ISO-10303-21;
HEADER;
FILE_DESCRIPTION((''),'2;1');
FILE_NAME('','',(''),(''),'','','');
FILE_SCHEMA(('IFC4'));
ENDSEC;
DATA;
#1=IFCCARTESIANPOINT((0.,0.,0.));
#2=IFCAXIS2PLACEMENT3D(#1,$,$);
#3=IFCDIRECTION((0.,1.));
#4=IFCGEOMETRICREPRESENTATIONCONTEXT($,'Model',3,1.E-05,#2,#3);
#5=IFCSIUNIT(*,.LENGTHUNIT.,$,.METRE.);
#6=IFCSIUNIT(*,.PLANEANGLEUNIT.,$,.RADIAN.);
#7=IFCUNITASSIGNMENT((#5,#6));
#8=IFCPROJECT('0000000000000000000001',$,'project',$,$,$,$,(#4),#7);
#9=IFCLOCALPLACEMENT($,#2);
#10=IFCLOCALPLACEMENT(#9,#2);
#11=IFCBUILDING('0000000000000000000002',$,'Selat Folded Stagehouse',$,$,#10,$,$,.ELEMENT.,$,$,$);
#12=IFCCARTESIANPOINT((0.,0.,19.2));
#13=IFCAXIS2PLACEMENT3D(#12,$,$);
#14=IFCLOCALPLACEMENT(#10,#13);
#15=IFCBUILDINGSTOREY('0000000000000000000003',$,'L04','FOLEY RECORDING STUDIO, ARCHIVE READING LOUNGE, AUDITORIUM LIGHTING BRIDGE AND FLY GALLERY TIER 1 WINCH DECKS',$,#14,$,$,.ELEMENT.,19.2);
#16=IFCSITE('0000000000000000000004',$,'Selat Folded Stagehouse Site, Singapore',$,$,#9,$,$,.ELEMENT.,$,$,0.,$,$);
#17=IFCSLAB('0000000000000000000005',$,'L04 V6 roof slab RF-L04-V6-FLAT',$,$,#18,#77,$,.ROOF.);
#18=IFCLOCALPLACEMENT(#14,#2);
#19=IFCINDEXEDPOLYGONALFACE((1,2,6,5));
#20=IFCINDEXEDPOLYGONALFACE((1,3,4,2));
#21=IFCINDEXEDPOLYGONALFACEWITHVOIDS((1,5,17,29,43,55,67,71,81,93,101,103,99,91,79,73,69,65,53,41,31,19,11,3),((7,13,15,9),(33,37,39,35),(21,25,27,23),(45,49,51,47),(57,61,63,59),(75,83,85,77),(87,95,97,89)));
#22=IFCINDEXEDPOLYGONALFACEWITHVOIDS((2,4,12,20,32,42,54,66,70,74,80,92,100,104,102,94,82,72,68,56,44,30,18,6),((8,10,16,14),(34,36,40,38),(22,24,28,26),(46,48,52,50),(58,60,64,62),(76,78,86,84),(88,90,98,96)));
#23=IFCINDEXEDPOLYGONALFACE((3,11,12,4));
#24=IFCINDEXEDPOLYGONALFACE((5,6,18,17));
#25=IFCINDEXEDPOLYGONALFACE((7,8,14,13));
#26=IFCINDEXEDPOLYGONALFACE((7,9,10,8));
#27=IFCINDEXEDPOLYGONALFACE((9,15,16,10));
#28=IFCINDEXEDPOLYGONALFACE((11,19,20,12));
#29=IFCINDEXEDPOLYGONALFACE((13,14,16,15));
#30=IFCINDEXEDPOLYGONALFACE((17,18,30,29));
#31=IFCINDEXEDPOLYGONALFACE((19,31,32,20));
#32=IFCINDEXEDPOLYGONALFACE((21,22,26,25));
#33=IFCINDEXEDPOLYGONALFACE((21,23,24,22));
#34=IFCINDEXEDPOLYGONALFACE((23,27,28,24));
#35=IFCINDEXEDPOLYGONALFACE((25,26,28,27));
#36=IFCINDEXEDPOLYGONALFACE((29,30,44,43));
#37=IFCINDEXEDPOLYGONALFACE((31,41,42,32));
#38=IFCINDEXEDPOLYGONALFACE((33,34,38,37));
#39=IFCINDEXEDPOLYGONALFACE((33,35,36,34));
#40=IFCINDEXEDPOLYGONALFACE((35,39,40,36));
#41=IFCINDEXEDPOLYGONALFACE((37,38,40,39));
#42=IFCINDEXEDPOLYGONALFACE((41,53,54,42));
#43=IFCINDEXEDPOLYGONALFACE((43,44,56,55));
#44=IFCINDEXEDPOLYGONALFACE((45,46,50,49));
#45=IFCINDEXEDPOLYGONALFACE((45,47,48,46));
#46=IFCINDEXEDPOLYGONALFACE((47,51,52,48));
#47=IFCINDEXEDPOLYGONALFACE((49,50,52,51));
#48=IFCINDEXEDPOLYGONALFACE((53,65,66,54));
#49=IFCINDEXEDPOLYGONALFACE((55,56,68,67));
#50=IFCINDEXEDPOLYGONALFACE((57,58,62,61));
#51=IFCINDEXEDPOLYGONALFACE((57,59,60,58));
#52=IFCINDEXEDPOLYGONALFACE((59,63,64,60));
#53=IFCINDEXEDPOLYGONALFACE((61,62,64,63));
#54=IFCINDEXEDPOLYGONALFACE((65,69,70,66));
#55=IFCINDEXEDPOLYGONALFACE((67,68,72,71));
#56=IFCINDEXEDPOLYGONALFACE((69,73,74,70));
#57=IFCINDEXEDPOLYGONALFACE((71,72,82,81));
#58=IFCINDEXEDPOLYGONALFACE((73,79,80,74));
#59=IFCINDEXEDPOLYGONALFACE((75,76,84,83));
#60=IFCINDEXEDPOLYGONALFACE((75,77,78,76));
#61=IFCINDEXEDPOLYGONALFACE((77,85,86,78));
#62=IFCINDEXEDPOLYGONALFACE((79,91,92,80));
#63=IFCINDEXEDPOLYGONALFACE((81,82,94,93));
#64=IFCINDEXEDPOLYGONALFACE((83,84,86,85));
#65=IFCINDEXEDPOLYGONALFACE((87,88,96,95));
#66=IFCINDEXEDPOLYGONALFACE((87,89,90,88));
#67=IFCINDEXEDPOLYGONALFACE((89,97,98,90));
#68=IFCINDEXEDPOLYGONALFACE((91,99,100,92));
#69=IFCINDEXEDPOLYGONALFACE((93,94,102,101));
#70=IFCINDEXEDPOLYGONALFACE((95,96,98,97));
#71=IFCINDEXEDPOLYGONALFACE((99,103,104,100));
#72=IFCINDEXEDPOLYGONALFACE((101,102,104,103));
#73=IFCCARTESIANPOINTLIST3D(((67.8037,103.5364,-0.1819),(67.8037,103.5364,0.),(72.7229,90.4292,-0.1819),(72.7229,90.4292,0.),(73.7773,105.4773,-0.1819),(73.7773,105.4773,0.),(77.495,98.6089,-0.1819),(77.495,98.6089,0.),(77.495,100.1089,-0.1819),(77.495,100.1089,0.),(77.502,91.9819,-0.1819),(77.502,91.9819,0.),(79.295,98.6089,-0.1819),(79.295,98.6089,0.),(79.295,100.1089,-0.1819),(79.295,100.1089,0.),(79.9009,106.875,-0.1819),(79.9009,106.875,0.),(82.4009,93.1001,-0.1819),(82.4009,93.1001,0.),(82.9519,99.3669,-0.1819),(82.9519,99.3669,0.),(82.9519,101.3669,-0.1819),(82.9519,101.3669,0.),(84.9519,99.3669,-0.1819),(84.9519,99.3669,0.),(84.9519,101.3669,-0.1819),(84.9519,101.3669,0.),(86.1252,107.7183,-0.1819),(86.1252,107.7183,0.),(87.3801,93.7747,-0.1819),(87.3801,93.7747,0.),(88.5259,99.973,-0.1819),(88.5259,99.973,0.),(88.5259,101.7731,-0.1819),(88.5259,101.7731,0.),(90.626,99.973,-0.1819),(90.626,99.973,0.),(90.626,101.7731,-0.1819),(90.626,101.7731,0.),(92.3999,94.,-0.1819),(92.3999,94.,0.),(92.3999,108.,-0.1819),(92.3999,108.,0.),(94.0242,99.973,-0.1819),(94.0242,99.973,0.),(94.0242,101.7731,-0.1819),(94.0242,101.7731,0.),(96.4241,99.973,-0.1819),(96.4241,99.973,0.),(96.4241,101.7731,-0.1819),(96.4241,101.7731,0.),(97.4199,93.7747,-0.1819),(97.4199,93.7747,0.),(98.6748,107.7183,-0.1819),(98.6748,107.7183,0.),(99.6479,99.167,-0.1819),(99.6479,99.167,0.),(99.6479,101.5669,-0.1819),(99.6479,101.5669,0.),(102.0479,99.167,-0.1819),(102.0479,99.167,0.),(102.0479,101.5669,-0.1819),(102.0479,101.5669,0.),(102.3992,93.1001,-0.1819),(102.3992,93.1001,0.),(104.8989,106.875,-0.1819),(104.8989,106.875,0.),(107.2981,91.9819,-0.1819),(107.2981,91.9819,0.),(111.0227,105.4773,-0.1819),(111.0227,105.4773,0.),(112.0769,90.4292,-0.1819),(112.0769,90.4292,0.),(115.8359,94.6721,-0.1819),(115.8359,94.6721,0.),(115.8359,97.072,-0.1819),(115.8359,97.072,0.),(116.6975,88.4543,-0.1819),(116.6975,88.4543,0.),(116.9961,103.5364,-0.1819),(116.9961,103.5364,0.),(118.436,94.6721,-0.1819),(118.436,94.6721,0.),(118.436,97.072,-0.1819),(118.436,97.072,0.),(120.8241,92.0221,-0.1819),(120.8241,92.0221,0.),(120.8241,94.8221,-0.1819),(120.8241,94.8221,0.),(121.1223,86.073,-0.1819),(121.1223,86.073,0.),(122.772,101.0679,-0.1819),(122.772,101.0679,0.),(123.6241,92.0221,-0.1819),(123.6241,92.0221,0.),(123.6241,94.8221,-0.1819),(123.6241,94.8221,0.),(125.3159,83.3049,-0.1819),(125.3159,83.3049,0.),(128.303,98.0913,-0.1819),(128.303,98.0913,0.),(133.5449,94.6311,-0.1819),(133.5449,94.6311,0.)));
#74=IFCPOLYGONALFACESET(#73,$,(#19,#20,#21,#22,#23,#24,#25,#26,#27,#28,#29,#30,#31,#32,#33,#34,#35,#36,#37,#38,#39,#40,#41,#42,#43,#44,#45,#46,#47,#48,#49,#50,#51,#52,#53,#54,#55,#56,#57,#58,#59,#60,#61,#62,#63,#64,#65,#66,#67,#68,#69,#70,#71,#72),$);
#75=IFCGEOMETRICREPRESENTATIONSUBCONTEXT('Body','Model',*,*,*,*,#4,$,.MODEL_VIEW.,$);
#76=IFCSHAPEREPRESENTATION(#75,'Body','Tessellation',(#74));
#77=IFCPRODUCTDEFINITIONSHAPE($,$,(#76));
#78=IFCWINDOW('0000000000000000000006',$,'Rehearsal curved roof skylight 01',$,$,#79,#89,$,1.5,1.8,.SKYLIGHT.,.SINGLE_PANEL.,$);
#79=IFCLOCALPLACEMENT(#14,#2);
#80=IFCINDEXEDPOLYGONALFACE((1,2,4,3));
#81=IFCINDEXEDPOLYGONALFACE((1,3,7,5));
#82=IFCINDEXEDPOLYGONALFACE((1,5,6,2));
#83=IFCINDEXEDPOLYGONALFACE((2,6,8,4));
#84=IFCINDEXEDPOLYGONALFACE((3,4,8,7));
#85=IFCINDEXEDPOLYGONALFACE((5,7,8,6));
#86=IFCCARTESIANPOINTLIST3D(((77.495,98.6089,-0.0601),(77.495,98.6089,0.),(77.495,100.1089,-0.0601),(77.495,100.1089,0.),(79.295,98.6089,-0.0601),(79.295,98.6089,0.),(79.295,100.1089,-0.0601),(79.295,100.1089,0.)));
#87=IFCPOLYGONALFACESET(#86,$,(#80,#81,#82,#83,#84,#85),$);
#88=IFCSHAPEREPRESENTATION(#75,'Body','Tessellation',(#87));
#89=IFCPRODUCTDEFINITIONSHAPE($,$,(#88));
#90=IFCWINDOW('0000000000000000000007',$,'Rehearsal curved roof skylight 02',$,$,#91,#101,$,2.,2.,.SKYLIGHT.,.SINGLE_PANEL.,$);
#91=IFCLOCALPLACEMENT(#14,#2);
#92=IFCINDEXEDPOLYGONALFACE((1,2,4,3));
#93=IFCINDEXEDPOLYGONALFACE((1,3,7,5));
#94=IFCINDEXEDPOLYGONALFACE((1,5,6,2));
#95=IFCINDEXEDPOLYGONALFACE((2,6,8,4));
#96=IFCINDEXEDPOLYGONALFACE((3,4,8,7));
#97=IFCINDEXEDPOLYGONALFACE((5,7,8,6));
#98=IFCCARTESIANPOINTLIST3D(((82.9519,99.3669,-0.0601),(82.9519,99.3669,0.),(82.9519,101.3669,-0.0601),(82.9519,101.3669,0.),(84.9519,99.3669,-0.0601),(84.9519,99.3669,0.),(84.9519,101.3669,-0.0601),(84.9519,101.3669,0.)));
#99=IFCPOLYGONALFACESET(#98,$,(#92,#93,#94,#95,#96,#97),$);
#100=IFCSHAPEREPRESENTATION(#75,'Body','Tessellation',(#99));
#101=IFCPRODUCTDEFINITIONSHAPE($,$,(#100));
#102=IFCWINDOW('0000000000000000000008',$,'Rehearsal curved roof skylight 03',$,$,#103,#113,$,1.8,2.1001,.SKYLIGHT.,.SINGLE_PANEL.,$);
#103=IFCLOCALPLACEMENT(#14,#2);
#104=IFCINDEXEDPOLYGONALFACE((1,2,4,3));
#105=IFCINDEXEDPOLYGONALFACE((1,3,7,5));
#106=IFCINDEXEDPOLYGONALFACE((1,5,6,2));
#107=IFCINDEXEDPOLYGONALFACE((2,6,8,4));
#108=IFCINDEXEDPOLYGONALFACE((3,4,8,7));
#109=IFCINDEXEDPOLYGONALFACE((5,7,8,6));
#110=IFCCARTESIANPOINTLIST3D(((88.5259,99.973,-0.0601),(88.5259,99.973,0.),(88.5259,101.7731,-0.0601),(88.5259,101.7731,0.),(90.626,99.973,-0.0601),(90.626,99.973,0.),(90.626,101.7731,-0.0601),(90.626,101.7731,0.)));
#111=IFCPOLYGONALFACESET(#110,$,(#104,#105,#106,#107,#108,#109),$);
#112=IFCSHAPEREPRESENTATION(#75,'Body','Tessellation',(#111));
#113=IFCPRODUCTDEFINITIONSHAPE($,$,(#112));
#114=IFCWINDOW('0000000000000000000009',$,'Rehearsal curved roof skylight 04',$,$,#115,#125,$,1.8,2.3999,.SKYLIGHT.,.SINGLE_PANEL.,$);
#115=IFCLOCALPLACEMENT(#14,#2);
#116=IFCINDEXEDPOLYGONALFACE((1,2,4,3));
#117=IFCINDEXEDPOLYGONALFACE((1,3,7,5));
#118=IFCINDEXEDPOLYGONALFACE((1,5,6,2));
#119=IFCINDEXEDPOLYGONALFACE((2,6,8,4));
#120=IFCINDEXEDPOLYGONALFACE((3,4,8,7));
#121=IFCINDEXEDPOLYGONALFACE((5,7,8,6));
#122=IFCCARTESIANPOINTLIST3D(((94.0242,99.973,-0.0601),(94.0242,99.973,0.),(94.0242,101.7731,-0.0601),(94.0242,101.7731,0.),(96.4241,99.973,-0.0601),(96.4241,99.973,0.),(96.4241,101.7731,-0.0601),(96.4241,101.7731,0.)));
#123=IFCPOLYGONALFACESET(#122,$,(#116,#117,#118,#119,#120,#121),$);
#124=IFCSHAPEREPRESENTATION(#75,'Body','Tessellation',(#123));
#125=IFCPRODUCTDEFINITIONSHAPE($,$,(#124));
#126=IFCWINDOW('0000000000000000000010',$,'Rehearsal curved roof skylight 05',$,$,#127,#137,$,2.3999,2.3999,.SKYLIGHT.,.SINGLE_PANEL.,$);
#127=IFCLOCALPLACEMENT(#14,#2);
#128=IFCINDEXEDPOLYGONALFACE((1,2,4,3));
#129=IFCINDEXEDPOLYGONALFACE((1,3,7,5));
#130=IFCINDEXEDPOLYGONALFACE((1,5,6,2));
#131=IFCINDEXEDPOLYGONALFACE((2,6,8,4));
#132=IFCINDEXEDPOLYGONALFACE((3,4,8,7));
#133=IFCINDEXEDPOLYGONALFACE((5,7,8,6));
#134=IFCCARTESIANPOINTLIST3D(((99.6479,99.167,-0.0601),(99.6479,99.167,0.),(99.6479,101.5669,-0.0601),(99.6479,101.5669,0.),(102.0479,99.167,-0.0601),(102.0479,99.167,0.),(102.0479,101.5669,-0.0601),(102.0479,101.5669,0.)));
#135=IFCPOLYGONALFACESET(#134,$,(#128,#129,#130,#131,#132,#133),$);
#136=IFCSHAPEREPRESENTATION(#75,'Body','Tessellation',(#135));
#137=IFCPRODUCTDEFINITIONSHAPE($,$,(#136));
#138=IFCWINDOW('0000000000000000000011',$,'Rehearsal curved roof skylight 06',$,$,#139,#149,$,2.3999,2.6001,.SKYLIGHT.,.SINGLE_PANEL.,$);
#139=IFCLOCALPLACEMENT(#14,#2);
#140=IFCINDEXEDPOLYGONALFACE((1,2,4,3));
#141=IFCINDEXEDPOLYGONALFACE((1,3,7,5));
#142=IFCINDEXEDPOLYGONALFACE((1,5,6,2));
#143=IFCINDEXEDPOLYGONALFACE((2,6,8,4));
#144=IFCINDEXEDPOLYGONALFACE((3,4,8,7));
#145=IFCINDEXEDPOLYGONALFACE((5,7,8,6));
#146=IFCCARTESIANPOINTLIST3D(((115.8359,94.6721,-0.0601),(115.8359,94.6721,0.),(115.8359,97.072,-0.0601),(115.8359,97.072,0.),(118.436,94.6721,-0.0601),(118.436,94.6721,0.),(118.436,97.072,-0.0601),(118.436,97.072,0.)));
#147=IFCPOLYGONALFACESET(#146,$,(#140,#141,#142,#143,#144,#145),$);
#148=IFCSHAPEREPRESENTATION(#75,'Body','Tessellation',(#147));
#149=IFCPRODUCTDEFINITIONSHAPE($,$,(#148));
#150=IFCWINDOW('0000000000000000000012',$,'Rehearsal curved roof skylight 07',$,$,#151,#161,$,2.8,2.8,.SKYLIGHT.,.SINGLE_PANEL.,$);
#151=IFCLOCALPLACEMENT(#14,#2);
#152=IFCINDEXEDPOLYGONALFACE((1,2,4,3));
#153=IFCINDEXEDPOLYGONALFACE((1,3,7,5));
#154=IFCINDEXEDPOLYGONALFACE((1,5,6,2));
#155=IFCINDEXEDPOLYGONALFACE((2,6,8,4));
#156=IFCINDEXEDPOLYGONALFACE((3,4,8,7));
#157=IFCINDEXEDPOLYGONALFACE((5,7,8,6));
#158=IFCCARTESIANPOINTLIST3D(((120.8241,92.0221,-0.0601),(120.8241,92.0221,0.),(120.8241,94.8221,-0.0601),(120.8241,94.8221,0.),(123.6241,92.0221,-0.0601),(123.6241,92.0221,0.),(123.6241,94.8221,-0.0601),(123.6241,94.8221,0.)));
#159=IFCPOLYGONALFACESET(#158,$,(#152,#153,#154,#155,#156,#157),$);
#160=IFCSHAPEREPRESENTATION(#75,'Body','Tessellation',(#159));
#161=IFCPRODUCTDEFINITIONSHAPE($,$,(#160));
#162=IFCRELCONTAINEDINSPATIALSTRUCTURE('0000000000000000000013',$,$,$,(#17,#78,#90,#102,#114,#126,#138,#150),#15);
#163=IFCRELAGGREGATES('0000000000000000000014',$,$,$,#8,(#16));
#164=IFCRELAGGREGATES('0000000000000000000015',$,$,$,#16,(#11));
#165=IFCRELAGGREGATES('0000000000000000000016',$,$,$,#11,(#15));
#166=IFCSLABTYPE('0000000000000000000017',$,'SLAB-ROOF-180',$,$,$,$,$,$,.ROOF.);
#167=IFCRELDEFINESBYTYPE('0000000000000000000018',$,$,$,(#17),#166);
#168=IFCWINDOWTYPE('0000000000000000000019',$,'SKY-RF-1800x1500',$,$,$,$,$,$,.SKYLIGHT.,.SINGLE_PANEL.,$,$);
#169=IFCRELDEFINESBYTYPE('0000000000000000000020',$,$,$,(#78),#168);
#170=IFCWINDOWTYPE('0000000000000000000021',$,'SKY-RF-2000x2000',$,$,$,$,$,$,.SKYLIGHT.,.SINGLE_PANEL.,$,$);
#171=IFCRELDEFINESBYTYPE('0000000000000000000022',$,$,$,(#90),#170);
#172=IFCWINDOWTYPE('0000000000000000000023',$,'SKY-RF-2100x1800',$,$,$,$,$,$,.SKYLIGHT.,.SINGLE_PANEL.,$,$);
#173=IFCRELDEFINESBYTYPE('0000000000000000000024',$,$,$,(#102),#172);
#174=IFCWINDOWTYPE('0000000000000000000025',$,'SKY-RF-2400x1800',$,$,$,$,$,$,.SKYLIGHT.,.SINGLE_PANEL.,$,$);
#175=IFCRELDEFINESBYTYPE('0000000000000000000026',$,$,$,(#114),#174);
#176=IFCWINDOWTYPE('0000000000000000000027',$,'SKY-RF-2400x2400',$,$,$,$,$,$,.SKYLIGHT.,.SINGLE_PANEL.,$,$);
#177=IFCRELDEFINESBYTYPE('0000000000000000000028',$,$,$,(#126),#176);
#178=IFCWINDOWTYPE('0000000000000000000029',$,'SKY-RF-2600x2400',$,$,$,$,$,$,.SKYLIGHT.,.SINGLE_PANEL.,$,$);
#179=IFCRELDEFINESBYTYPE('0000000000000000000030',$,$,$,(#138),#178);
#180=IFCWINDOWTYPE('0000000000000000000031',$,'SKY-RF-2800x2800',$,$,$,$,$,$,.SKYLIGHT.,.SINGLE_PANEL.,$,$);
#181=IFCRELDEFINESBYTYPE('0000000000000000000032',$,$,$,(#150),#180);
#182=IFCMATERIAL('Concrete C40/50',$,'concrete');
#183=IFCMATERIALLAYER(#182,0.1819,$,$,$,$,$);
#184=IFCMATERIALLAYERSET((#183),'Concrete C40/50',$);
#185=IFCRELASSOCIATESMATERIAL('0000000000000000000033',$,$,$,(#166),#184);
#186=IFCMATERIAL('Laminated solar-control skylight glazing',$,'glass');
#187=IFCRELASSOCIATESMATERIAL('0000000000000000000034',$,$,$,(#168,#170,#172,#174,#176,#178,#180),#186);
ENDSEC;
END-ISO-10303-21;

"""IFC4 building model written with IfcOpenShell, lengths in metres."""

from ifc_helpers import new_model, si_unit, direction, frame, origin, origin_2d, place, context, subcontext, project, spatial, polyline, rectangle, outline, extrude, material, layer, layer_set, type_object, element, fill, save


model = new_model("IFC4")

# Units and contexts
model_context = context("Model", 3, precision=1e-05, world=origin(), true_north=direction((0.0, 1.0)))
body_context = subcontext(model_context, "Body", "Model", "MODEL_VIEW")
ifc_project = project(units=[si_unit("LENGTHUNIT", "METRE"), si_unit("PLANEANGLEUNIT", "RADIAN")], contexts=[model_context])

# Site, building, storey
site_placement = place(None, origin())
site = spatial("IfcSite", under=ifc_project, at=site_placement, Name="Selat Folded Stagehouse Site, Singapore", CompositionType="ELEMENT", RefElevation=0.0)
building_placement = place(site_placement, origin())
building = spatial("IfcBuilding", under=site, at=building_placement, Name="Selat Folded Stagehouse", CompositionType="ELEMENT")
storey_placement = place(building_placement, frame((0.0, 0.0, 19.2)))
storey = spatial("IfcBuildingStorey", under=building, at=storey_placement, Name="L04", Description="FOLEY RECORDING STUDIO, ARCHIVE READING LOUNGE, AUDITORIUM LIGHTING BRIDGE AND FLY GALLERY TIER 1 WINCH DECKS", CompositionType="ELEMENT", Elevation=19.2)

# Shared definitions
ifc_material_1 = material(Name="Concrete C40/50", Category="concrete")

# Slab, openings, windows
ifc_layer_1 = layer(ifc_material_1, 0.1819)
ifc_layer_set_1 = layer_set([ifc_layer_1], Name="Concrete C40/50")
slab_type_1 = type_object("IfcSlabType", Name="SLAB-ROOF-180", PredefinedType="ROOF", material=ifc_layer_set_1)
slab_1_placement = place(storey_placement, frame((0.0, 0.0, -0.1819)))
slab_1 = element("IfcSlab", 1, at=slab_1_placement, inside=storey, type_object=slab_type_1, Name="L04 V6 roof slab RF-L04-V6-FLAT", PredefinedType="ROOF", context=body_context, shape_type="SweptSolid", body=[
    extrude(outline(polyline([(72.7229, 90.4292), (77.502, 91.9819), (82.4009, 93.1001), (87.3801, 93.7747), (92.3999, 94.0), (97.4199, 93.7747), (102.3992, 93.1001), (107.2981, 91.9819), (112.0769, 90.4292), (116.6975, 88.4543), (121.1223, 86.073), (125.3159, 83.3049), (133.5449, 94.6311), (128.303, 98.0913), (122.772, 101.0679), (116.9961, 103.5364), (111.0227, 105.4773), (104.8989, 106.875), (98.6748, 107.7183), (92.3999, 108.0), (86.1252, 107.7183), (79.9009, 106.875), (73.7773, 105.4773), (67.8037, 103.5364), (72.7229, 90.4292)])), origin(), (0.0, 0.0, 1.0), 0.1819),
])
opening_1_placement = place(slab_1_placement, frame((78.395, 99.3589, -0.01)))
opening_1 = element("IfcOpeningElement", 2, at=opening_1_placement, cuts=slab_1, PredefinedType="OPENING", context=body_context, shape_type="SweptSolid", body=[
    extrude(rectangle(XDim=1.8, YDim=1.5, at=origin_2d()), origin(), (0.0, 0.0, 1.0), 0.2019),
])
opening_2_placement = place(slab_1_placement, frame((83.9519, 100.3669, -0.01)))
opening_2 = element("IfcOpeningElement", 3, at=opening_2_placement, cuts=slab_1, PredefinedType="OPENING", context=body_context, shape_type="SweptSolid", body=[
    extrude(rectangle(XDim=2.0, YDim=2.0, at=origin_2d()), origin(), (0.0, 0.0, 1.0), 0.2019),
])
opening_3_placement = place(slab_1_placement, frame((89.5759, 100.873, -0.01)))
opening_3 = element("IfcOpeningElement", 4, at=opening_3_placement, cuts=slab_1, PredefinedType="OPENING", context=body_context, shape_type="SweptSolid", body=[
    extrude(rectangle(XDim=2.1001, YDim=1.8, at=origin_2d()), origin(), (0.0, 0.0, 1.0), 0.2019),
])
opening_4_placement = place(slab_1_placement, frame((95.2241, 100.873, -0.01)))
opening_4 = element("IfcOpeningElement", 5, at=opening_4_placement, cuts=slab_1, PredefinedType="OPENING", context=body_context, shape_type="SweptSolid", body=[
    extrude(rectangle(XDim=2.3999, YDim=1.8, at=origin_2d()), origin(), (0.0, 0.0, 1.0), 0.2019),
])
opening_5_placement = place(slab_1_placement, frame((100.8479, 100.3669, -0.01)))
opening_5 = element("IfcOpeningElement", 6, at=opening_5_placement, cuts=slab_1, PredefinedType="OPENING", context=body_context, shape_type="SweptSolid", body=[
    extrude(rectangle(XDim=2.3999, YDim=2.3999, at=origin_2d()), origin(), (0.0, 0.0, 1.0), 0.2019),
])
opening_6_placement = place(slab_1_placement, frame((117.136, 95.8721, -0.01)))
opening_6 = element("IfcOpeningElement", 7, at=opening_6_placement, cuts=slab_1, PredefinedType="OPENING", context=body_context, shape_type="SweptSolid", body=[
    extrude(rectangle(XDim=2.6001, YDim=2.3999, at=origin_2d()), origin(), (0.0, 0.0, 1.0), 0.2019),
])
opening_7_placement = place(slab_1_placement, frame((122.2241, 93.4221, -0.01)))
opening_7 = element("IfcOpeningElement", 8, at=opening_7_placement, cuts=slab_1, PredefinedType="OPENING", context=body_context, shape_type="SweptSolid", body=[
    extrude(rectangle(XDim=2.8, YDim=2.8, at=origin_2d()), origin(), (0.0, 0.0, 1.0), 0.2019),
])
ifc_material_2 = material(Name="Laminated solar-control skylight glazing", Category="glass")
window_type_1 = type_object("IfcWindowType", Name="SKY-RF-1800x1500", PartitioningType="SINGLE_PANEL", PredefinedType="SKYLIGHT", material=ifc_material_2)
window_1_placement = place(slab_1_placement, frame((78.395, 99.3589, 0.1218)))
window_1 = element("IfcWindow", 9, at=window_1_placement, inside=storey, type_object=window_type_1, Name="Rehearsal curved roof skylight 01", OverallHeight=1.5, OverallWidth=1.8, PartitioningType="SINGLE_PANEL", PredefinedType="SKYLIGHT", context=body_context, shape_type="SweptSolid", body=[
    extrude(rectangle(XDim=1.8, YDim=1.5, at=origin_2d()), origin(), (0.0, 0.0, 1.0), 0.0601),
])
fill(opening_1, window_1)
window_type_2 = type_object("IfcWindowType", Name="SKY-RF-2000x2000", PartitioningType="SINGLE_PANEL", PredefinedType="SKYLIGHT", material=ifc_material_2)
window_2_placement = place(slab_1_placement, frame((83.9519, 100.3669, 0.1218)))
window_2 = element("IfcWindow", 10, at=window_2_placement, inside=storey, type_object=window_type_2, Name="Rehearsal curved roof skylight 02", OverallHeight=2.0, OverallWidth=2.0, PartitioningType="SINGLE_PANEL", PredefinedType="SKYLIGHT", context=body_context, shape_type="SweptSolid", body=[
    extrude(rectangle(XDim=2.0, YDim=2.0, at=origin_2d()), origin(), (0.0, 0.0, 1.0), 0.0601),
])
fill(opening_2, window_2)
window_type_3 = type_object("IfcWindowType", Name="SKY-RF-2100x1800", PartitioningType="SINGLE_PANEL", PredefinedType="SKYLIGHT", material=ifc_material_2)
window_3_placement = place(slab_1_placement, frame((89.5759, 100.873, 0.1218)))
window_3 = element("IfcWindow", 11, at=window_3_placement, inside=storey, type_object=window_type_3, Name="Rehearsal curved roof skylight 03", OverallHeight=1.8, OverallWidth=2.1001, PartitioningType="SINGLE_PANEL", PredefinedType="SKYLIGHT", context=body_context, shape_type="SweptSolid", body=[
    extrude(rectangle(XDim=2.1001, YDim=1.8, at=origin_2d()), origin(), (0.0, 0.0, 1.0), 0.0601),
])
fill(opening_3, window_3)
window_type_4 = type_object("IfcWindowType", Name="SKY-RF-2400x1800", PartitioningType="SINGLE_PANEL", PredefinedType="SKYLIGHT", material=ifc_material_2)
window_4_placement = place(slab_1_placement, frame((95.2241, 100.873, 0.1218)))
window_4 = element("IfcWindow", 12, at=window_4_placement, inside=storey, type_object=window_type_4, Name="Rehearsal curved roof skylight 04", OverallHeight=1.8, OverallWidth=2.3999, PartitioningType="SINGLE_PANEL", PredefinedType="SKYLIGHT", context=body_context, shape_type="SweptSolid", body=[
    extrude(rectangle(XDim=2.3999, YDim=1.8, at=origin_2d()), origin(), (0.0, 0.0, 1.0), 0.0601),
])
fill(opening_4, window_4)
window_type_5 = type_object("IfcWindowType", Name="SKY-RF-2400x2400", PartitioningType="SINGLE_PANEL", PredefinedType="SKYLIGHT", material=ifc_material_2)
window_5_placement = place(slab_1_placement, frame((100.8479, 100.3669, 0.1218)))
window_5 = element("IfcWindow", 13, at=window_5_placement, inside=storey, type_object=window_type_5, Name="Rehearsal curved roof skylight 05", OverallHeight=2.3999, OverallWidth=2.3999, PartitioningType="SINGLE_PANEL", PredefinedType="SKYLIGHT", context=body_context, shape_type="SweptSolid", body=[
    extrude(rectangle(XDim=2.3999, YDim=2.3999, at=origin_2d()), origin(), (0.0, 0.0, 1.0), 0.0601),
])
fill(opening_5, window_5)
window_type_6 = type_object("IfcWindowType", Name="SKY-RF-2600x2400", PartitioningType="SINGLE_PANEL", PredefinedType="SKYLIGHT", material=ifc_material_2)
window_6_placement = place(slab_1_placement, frame((117.136, 95.8721, 0.1218)))
window_6 = element("IfcWindow", 14, at=window_6_placement, inside=storey, type_object=window_type_6, Name="Rehearsal curved roof skylight 06", OverallHeight=2.3999, OverallWidth=2.6001, PartitioningType="SINGLE_PANEL", PredefinedType="SKYLIGHT", context=body_context, shape_type="SweptSolid", body=[
    extrude(rectangle(XDim=2.6001, YDim=2.3999, at=origin_2d()), origin(), (0.0, 0.0, 1.0), 0.0601),
])
fill(opening_6, window_6)
window_type_7 = type_object("IfcWindowType", Name="SKY-RF-2800x2800", PartitioningType="SINGLE_PANEL", PredefinedType="SKYLIGHT", material=ifc_material_2)
window_7_placement = place(slab_1_placement, frame((122.2241, 93.4221, 0.1218)))
window_7 = element("IfcWindow", 15, at=window_7_placement, inside=storey, type_object=window_type_7, Name="Rehearsal curved roof skylight 07", OverallHeight=2.8, OverallWidth=2.8, PartitioningType="SINGLE_PANEL", PredefinedType="SKYLIGHT", context=body_context, shape_type="SweptSolid", body=[
    extrude(rectangle(XDim=2.8, YDim=2.8, at=origin_2d()), origin(), (0.0, 0.0, 1.0), 0.0601),
])
fill(opening_7, window_7)

save(model, "model.ifc")
